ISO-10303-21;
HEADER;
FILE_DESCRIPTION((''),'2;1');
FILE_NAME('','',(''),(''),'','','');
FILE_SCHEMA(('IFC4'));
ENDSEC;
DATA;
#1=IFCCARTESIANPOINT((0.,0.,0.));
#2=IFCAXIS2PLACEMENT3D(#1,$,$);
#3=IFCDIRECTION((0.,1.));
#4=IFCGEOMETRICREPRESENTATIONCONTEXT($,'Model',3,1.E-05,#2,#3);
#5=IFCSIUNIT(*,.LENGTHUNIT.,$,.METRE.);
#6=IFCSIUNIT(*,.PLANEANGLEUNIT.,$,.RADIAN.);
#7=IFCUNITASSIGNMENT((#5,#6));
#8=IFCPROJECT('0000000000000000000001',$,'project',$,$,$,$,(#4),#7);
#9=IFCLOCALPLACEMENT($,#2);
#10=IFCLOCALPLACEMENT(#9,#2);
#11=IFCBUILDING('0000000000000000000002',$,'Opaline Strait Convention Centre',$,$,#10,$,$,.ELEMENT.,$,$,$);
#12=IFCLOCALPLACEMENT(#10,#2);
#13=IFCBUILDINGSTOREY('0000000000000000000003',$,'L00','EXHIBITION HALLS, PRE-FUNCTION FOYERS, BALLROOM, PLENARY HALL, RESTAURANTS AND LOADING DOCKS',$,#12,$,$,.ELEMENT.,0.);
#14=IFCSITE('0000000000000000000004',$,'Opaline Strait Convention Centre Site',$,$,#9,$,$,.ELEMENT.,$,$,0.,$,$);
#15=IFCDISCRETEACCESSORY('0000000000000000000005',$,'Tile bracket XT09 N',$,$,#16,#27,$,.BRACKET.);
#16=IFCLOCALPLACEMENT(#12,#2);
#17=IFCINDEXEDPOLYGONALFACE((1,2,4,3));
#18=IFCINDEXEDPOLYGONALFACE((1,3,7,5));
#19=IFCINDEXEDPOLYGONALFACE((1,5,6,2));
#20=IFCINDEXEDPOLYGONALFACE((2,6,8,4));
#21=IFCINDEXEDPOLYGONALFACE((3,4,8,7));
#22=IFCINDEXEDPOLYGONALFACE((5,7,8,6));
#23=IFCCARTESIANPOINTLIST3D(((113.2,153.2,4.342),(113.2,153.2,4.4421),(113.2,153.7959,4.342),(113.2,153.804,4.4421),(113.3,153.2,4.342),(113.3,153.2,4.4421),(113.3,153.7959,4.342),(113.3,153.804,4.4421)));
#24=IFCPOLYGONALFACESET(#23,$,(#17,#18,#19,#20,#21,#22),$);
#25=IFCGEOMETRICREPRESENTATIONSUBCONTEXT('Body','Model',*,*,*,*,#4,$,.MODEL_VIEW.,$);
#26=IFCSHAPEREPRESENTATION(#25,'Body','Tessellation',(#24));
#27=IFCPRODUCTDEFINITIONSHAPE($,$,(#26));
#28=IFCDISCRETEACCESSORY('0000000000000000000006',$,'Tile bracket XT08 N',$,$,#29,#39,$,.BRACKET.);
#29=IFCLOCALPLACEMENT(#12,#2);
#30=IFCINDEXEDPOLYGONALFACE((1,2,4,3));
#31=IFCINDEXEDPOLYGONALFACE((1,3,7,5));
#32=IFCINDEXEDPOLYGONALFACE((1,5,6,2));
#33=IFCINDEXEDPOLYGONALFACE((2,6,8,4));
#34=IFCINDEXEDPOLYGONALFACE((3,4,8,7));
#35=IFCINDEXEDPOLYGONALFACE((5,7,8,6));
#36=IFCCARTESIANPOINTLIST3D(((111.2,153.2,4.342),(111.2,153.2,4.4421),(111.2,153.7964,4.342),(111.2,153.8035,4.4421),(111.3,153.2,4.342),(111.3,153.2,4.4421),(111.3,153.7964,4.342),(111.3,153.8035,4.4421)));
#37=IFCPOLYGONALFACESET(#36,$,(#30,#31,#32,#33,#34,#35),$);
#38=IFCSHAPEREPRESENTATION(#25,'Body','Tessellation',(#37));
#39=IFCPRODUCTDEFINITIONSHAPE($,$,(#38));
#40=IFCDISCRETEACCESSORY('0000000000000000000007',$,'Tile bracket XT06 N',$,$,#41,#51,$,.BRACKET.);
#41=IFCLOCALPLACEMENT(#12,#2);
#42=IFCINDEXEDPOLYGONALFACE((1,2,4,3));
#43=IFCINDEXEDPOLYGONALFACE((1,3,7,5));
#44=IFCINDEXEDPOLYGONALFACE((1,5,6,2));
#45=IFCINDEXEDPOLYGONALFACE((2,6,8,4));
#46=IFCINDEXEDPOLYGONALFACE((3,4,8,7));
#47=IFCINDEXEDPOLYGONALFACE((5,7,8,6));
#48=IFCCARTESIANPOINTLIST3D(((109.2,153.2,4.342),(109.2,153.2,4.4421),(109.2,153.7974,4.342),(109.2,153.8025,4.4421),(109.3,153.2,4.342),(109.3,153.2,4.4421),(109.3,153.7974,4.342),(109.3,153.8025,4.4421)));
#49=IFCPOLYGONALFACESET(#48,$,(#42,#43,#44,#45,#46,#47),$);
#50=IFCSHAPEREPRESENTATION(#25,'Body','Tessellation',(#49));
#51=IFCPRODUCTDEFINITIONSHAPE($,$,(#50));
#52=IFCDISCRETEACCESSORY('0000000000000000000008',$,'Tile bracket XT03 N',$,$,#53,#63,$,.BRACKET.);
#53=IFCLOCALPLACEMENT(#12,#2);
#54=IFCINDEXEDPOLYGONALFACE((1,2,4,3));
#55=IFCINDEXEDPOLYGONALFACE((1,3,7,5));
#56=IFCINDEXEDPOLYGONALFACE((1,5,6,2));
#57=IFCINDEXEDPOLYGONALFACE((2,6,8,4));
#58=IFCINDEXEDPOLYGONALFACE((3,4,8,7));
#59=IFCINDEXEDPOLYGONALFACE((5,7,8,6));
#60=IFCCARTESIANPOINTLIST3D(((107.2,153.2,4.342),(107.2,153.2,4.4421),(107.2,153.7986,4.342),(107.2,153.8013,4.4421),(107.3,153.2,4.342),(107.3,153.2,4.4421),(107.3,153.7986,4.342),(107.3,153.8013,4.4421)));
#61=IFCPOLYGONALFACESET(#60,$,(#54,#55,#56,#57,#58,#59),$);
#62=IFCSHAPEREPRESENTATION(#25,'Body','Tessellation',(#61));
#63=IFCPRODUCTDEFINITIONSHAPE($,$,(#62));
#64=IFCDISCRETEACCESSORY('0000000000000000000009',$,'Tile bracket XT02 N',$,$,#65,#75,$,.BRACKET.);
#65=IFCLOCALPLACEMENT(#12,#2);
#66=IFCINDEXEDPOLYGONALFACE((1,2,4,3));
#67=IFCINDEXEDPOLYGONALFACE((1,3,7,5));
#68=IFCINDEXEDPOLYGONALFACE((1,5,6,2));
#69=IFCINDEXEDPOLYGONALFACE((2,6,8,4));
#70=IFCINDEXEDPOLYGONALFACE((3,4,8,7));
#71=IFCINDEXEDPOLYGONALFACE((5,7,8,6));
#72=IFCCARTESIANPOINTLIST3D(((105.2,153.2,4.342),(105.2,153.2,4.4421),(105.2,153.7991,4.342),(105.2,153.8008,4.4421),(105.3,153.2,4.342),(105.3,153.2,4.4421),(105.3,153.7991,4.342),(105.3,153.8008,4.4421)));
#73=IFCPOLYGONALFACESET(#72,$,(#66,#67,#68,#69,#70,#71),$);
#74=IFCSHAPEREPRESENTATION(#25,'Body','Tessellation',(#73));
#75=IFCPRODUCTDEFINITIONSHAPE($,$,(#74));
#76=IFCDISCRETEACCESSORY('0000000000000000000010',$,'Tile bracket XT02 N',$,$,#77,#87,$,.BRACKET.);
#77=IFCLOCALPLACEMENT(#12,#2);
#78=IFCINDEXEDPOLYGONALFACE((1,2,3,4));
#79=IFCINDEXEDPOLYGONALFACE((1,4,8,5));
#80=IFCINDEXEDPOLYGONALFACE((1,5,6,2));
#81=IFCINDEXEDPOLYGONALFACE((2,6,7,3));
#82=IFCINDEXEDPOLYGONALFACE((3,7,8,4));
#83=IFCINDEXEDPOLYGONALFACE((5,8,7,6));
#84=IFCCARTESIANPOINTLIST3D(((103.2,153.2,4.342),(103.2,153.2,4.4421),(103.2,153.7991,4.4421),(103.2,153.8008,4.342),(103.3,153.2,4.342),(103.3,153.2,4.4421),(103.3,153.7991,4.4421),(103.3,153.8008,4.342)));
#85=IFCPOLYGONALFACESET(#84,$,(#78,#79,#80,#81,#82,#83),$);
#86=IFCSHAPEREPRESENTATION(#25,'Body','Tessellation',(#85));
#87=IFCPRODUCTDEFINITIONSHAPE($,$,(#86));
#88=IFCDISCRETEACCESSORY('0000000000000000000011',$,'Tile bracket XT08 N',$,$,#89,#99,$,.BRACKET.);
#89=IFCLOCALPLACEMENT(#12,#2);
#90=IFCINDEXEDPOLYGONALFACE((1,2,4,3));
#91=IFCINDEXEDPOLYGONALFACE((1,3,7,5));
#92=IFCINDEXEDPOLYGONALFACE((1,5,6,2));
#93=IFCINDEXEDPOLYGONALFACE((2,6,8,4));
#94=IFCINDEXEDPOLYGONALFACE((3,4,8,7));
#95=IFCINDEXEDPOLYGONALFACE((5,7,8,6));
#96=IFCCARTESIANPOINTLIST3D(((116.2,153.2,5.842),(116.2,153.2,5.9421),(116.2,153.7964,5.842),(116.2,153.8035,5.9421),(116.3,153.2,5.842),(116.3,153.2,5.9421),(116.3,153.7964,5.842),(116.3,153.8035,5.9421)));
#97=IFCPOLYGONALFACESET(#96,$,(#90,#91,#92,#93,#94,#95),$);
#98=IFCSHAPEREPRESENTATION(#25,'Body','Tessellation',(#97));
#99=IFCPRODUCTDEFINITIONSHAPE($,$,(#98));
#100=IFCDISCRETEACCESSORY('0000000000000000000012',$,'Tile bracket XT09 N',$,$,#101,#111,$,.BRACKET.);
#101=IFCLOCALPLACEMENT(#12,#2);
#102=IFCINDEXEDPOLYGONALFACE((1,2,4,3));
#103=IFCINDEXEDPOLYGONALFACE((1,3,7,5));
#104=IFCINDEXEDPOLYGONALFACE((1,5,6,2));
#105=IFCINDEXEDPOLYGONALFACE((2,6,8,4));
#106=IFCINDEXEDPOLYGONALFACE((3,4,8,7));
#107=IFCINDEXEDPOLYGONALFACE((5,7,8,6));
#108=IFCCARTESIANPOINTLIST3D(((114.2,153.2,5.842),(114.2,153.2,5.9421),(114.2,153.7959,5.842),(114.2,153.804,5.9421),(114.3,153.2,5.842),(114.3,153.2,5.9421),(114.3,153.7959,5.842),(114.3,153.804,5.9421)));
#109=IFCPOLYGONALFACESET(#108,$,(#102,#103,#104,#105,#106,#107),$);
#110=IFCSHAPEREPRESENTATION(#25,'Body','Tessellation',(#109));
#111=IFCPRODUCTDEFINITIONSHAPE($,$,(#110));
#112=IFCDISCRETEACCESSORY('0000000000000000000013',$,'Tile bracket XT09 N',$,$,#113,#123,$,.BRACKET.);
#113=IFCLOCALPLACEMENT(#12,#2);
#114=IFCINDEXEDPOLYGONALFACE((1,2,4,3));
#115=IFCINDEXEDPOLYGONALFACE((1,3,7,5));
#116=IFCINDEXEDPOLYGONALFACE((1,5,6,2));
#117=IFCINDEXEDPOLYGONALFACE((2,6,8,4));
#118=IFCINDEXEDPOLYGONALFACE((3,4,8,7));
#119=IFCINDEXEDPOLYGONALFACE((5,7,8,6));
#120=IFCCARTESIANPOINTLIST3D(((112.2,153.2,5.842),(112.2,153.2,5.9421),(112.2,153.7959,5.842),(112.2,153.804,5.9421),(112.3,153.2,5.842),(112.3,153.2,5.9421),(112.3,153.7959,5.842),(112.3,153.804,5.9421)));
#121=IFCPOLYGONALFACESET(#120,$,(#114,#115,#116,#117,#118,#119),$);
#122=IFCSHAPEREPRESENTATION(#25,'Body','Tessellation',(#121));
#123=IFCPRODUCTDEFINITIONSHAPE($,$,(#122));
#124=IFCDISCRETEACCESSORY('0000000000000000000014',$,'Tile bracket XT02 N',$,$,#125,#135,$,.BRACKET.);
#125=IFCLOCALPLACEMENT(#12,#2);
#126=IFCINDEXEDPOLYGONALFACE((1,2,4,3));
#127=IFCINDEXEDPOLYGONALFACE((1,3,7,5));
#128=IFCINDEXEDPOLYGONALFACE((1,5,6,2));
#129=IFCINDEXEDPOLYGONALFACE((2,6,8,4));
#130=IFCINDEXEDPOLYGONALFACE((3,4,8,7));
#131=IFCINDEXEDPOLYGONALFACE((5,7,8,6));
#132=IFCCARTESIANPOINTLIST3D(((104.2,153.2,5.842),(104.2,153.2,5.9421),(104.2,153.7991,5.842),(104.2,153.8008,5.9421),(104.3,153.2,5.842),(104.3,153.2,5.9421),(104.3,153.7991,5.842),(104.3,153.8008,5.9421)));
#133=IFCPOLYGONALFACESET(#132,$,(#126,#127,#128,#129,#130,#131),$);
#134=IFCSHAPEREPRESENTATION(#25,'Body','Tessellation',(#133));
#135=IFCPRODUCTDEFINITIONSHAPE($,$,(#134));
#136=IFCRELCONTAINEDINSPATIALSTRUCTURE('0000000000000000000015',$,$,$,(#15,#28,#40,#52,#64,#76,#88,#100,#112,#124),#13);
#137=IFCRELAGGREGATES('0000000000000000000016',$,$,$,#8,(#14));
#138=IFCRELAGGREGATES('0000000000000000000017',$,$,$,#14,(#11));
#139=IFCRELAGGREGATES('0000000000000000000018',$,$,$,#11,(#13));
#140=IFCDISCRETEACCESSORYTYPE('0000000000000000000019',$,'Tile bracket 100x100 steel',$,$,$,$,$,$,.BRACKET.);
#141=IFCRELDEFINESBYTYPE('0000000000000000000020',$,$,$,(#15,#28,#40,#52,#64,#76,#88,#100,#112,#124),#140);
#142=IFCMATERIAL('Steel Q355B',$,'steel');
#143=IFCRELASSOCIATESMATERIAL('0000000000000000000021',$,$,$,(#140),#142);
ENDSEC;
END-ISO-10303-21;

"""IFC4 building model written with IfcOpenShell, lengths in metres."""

from ifc_helpers import new_model, si_unit, direction, frame, origin, place, context, subcontext, project, spatial, polyline, outline, extrude, material, type_object, element, save


model = new_model("IFC4")

# Units and contexts
model_context = context("Model", 3, precision=1e-05, world=origin(), true_north=direction((0.0, 1.0)))
body_context = subcontext(model_context, "Body", "Model", "MODEL_VIEW")
ifc_project = project(units=[si_unit("LENGTHUNIT", "METRE"), si_unit("PLANEANGLEUNIT", "RADIAN")], contexts=[model_context])

# Site, building, storey
site_placement = place(None, origin())
site = spatial("IfcSite", under=ifc_project, at=site_placement, Name="Opaline Strait Convention Centre Site", CompositionType="ELEMENT", RefElevation=0.0)
building_placement = place(site_placement, origin())
building = spatial("IfcBuilding", under=site, at=building_placement, Name="Opaline Strait Convention Centre", CompositionType="ELEMENT")
storey_placement = place(building_placement, origin())
storey = spatial("IfcBuildingStorey", under=building, at=storey_placement, Name="L00", Description="EXHIBITION HALLS, PRE-FUNCTION FOYERS, BALLROOM, PLENARY HALL, RESTAURANTS AND LOADING DOCKS", CompositionType="ELEMENT", Elevation=0.0)

# Discrete accessories
ifc_material_1 = material(Name="Steel Q355B", Category="steel")
discrete_accessory_type = type_object("IfcDiscreteAccessoryType", Name="Tile bracket 100x100 steel", PredefinedType="BRACKET", material=ifc_material_1)
for number, where, z_axis, x_axis, name in (
    (1, (113.3, 153.2, 4.3921), (-1.0, 0.0, 0.0), (0.0, -1.0, 0.0), "Tile bracket XT09 N"),
):
    element("IfcDiscreteAccessory", number, at=place(storey_placement, frame(where, z_axis=z_axis, x_axis=x_axis)), inside=storey, type_object=discrete_accessory_type, Name=name, PredefinedType="BRACKET", context=body_context, shape_type="SweptSolid", body=[
        extrude(outline(polyline([(0.0, -0.05), (0.0, 0.05), (-0.604, 0.05), (-0.5959, -0.05), (0.0, -0.05)])), origin(), (0.0, 0.0, 1.0), 0.1001),
    ])
discrete_accessory_1_placement = place(storey_placement, frame((111.3, 153.2, 4.3921), z_axis=(-1.0, 0.0, 0.0), x_axis=(0.0, -1.0, 0.0)))
element("IfcDiscreteAccessory", 2, at=discrete_accessory_1_placement, inside=storey, type_object=discrete_accessory_type, Name="Tile bracket XT08 N", PredefinedType="BRACKET", context=body_context, shape_type="SweptSolid", body=[
    extrude(outline(polyline([(0.0, -0.05), (0.0, 0.05), (-0.6035, 0.05), (-0.5964, -0.05), (0.0, -0.05)])), origin(), (0.0, 0.0, 1.0), 0.1001),
])
discrete_accessory_2_placement = place(storey_placement, frame((109.3, 153.2, 4.3921), z_axis=(-1.0, 0.0, 0.0), x_axis=(0.0, -1.0, 0.0)))
element("IfcDiscreteAccessory", 3, at=discrete_accessory_2_placement, inside=storey, type_object=discrete_accessory_type, Name="Tile bracket XT06 N", PredefinedType="BRACKET", context=body_context, shape_type="SweptSolid", body=[
    extrude(outline(polyline([(0.0, -0.05), (0.0, 0.05), (-0.6025, 0.05), (-0.5974, -0.05), (0.0, -0.05)])), origin(), (0.0, 0.0, 1.0), 0.1001),
])
discrete_accessory_3_placement = place(storey_placement, frame((107.3, 153.2, 4.3921), z_axis=(-1.0, 0.0, 0.0), x_axis=(0.0, -1.0, 0.0)))
element("IfcDiscreteAccessory", 4, at=discrete_accessory_3_placement, inside=storey, type_object=discrete_accessory_type, Name="Tile bracket XT03 N", PredefinedType="BRACKET", context=body_context, shape_type="SweptSolid", body=[
    extrude(outline(polyline([(0.0, -0.05), (0.0, 0.05), (-0.6013, 0.05), (-0.5986, -0.05), (0.0, -0.05)])), origin(), (0.0, 0.0, 1.0), 0.1001),
])
discrete_accessory_4_placement = place(storey_placement, frame((105.3, 153.2, 4.3921), z_axis=(-1.0, 0.0, 0.0), x_axis=(0.0, -1.0, 0.0)))
element("IfcDiscreteAccessory", 5, at=discrete_accessory_4_placement, inside=storey, type_object=discrete_accessory_type, Name="Tile bracket XT02 N", PredefinedType="BRACKET", context=body_context, shape_type="SweptSolid", body=[
    extrude(outline(polyline([(0.0, -0.05), (0.0, 0.05), (-0.6008, 0.05), (-0.5991, -0.05), (0.0, -0.05)])), origin(), (0.0, 0.0, 1.0), 0.1001),
])
discrete_accessory_5_placement = place(storey_placement, frame((103.3, 153.2, 4.3921), z_axis=(-1.0, 0.0, 0.0), x_axis=(0.0, -1.0, 0.0)))
element("IfcDiscreteAccessory", 6, at=discrete_accessory_5_placement, inside=storey, type_object=discrete_accessory_type, Name="Tile bracket XT02 N", PredefinedType="BRACKET", context=body_context, shape_type="SweptSolid", body=[
    extrude(outline(polyline([(0.0, -0.05), (0.0, 0.05), (-0.5991, 0.05), (-0.6008, -0.05), (0.0, -0.05)])), origin(), (0.0, 0.0, 1.0), 0.1001),
])
discrete_accessory_6_placement = place(storey_placement, frame((116.3, 153.2, 5.8921), z_axis=(-1.0, 0.0, 0.0), x_axis=(0.0, -1.0, 0.0)))
element("IfcDiscreteAccessory", 7, at=discrete_accessory_6_placement, inside=storey, type_object=discrete_accessory_type, Name="Tile bracket XT08 N", PredefinedType="BRACKET", context=body_context, shape_type="SweptSolid", body=[
    extrude(outline(polyline([(0.0, -0.05), (0.0, 0.05), (-0.6035, 0.05), (-0.5964, -0.05), (0.0, -0.05)])), origin(), (0.0, 0.0, 1.0), 0.1001),
])
for number, where, z_axis, x_axis, name in (
    (8, (114.3, 153.2, 5.8921), (-1.0, 0.0, 0.0), (0.0, -1.0, 0.0), "Tile bracket XT09 N"),
    (9, (112.3, 153.2, 5.8921), (-1.0, 0.0, 0.0), (0.0, -1.0, 0.0), "Tile bracket XT09 N"),
):
    element("IfcDiscreteAccessory", number, at=place(storey_placement, frame(where, z_axis=z_axis, x_axis=x_axis)), inside=storey, type_object=discrete_accessory_type, Name=name, PredefinedType="BRACKET", context=body_context, shape_type="SweptSolid", body=[
        extrude(outline(polyline([(0.0, -0.05), (0.0, 0.05), (-0.604, 0.05), (-0.5959, -0.05), (0.0, -0.05)])), origin(), (0.0, 0.0, 1.0), 0.1001),
    ])
discrete_accessory_7_placement = place(storey_placement, frame((104.3, 153.2, 5.8921), z_axis=(-1.0, 0.0, 0.0), x_axis=(0.0, -1.0, 0.0)))
element("IfcDiscreteAccessory", 10, at=discrete_accessory_7_placement, inside=storey, type_object=discrete_accessory_type, Name="Tile bracket XT02 N", PredefinedType="BRACKET", context=body_context, shape_type="SweptSolid", body=[
    extrude(outline(polyline([(0.0, -0.05), (0.0, 0.05), (-0.6008, 0.05), (-0.5991, -0.05), (0.0, -0.05)])), origin(), (0.0, 0.0, 1.0), 0.1001),
])

save(model, "model.ifc")
